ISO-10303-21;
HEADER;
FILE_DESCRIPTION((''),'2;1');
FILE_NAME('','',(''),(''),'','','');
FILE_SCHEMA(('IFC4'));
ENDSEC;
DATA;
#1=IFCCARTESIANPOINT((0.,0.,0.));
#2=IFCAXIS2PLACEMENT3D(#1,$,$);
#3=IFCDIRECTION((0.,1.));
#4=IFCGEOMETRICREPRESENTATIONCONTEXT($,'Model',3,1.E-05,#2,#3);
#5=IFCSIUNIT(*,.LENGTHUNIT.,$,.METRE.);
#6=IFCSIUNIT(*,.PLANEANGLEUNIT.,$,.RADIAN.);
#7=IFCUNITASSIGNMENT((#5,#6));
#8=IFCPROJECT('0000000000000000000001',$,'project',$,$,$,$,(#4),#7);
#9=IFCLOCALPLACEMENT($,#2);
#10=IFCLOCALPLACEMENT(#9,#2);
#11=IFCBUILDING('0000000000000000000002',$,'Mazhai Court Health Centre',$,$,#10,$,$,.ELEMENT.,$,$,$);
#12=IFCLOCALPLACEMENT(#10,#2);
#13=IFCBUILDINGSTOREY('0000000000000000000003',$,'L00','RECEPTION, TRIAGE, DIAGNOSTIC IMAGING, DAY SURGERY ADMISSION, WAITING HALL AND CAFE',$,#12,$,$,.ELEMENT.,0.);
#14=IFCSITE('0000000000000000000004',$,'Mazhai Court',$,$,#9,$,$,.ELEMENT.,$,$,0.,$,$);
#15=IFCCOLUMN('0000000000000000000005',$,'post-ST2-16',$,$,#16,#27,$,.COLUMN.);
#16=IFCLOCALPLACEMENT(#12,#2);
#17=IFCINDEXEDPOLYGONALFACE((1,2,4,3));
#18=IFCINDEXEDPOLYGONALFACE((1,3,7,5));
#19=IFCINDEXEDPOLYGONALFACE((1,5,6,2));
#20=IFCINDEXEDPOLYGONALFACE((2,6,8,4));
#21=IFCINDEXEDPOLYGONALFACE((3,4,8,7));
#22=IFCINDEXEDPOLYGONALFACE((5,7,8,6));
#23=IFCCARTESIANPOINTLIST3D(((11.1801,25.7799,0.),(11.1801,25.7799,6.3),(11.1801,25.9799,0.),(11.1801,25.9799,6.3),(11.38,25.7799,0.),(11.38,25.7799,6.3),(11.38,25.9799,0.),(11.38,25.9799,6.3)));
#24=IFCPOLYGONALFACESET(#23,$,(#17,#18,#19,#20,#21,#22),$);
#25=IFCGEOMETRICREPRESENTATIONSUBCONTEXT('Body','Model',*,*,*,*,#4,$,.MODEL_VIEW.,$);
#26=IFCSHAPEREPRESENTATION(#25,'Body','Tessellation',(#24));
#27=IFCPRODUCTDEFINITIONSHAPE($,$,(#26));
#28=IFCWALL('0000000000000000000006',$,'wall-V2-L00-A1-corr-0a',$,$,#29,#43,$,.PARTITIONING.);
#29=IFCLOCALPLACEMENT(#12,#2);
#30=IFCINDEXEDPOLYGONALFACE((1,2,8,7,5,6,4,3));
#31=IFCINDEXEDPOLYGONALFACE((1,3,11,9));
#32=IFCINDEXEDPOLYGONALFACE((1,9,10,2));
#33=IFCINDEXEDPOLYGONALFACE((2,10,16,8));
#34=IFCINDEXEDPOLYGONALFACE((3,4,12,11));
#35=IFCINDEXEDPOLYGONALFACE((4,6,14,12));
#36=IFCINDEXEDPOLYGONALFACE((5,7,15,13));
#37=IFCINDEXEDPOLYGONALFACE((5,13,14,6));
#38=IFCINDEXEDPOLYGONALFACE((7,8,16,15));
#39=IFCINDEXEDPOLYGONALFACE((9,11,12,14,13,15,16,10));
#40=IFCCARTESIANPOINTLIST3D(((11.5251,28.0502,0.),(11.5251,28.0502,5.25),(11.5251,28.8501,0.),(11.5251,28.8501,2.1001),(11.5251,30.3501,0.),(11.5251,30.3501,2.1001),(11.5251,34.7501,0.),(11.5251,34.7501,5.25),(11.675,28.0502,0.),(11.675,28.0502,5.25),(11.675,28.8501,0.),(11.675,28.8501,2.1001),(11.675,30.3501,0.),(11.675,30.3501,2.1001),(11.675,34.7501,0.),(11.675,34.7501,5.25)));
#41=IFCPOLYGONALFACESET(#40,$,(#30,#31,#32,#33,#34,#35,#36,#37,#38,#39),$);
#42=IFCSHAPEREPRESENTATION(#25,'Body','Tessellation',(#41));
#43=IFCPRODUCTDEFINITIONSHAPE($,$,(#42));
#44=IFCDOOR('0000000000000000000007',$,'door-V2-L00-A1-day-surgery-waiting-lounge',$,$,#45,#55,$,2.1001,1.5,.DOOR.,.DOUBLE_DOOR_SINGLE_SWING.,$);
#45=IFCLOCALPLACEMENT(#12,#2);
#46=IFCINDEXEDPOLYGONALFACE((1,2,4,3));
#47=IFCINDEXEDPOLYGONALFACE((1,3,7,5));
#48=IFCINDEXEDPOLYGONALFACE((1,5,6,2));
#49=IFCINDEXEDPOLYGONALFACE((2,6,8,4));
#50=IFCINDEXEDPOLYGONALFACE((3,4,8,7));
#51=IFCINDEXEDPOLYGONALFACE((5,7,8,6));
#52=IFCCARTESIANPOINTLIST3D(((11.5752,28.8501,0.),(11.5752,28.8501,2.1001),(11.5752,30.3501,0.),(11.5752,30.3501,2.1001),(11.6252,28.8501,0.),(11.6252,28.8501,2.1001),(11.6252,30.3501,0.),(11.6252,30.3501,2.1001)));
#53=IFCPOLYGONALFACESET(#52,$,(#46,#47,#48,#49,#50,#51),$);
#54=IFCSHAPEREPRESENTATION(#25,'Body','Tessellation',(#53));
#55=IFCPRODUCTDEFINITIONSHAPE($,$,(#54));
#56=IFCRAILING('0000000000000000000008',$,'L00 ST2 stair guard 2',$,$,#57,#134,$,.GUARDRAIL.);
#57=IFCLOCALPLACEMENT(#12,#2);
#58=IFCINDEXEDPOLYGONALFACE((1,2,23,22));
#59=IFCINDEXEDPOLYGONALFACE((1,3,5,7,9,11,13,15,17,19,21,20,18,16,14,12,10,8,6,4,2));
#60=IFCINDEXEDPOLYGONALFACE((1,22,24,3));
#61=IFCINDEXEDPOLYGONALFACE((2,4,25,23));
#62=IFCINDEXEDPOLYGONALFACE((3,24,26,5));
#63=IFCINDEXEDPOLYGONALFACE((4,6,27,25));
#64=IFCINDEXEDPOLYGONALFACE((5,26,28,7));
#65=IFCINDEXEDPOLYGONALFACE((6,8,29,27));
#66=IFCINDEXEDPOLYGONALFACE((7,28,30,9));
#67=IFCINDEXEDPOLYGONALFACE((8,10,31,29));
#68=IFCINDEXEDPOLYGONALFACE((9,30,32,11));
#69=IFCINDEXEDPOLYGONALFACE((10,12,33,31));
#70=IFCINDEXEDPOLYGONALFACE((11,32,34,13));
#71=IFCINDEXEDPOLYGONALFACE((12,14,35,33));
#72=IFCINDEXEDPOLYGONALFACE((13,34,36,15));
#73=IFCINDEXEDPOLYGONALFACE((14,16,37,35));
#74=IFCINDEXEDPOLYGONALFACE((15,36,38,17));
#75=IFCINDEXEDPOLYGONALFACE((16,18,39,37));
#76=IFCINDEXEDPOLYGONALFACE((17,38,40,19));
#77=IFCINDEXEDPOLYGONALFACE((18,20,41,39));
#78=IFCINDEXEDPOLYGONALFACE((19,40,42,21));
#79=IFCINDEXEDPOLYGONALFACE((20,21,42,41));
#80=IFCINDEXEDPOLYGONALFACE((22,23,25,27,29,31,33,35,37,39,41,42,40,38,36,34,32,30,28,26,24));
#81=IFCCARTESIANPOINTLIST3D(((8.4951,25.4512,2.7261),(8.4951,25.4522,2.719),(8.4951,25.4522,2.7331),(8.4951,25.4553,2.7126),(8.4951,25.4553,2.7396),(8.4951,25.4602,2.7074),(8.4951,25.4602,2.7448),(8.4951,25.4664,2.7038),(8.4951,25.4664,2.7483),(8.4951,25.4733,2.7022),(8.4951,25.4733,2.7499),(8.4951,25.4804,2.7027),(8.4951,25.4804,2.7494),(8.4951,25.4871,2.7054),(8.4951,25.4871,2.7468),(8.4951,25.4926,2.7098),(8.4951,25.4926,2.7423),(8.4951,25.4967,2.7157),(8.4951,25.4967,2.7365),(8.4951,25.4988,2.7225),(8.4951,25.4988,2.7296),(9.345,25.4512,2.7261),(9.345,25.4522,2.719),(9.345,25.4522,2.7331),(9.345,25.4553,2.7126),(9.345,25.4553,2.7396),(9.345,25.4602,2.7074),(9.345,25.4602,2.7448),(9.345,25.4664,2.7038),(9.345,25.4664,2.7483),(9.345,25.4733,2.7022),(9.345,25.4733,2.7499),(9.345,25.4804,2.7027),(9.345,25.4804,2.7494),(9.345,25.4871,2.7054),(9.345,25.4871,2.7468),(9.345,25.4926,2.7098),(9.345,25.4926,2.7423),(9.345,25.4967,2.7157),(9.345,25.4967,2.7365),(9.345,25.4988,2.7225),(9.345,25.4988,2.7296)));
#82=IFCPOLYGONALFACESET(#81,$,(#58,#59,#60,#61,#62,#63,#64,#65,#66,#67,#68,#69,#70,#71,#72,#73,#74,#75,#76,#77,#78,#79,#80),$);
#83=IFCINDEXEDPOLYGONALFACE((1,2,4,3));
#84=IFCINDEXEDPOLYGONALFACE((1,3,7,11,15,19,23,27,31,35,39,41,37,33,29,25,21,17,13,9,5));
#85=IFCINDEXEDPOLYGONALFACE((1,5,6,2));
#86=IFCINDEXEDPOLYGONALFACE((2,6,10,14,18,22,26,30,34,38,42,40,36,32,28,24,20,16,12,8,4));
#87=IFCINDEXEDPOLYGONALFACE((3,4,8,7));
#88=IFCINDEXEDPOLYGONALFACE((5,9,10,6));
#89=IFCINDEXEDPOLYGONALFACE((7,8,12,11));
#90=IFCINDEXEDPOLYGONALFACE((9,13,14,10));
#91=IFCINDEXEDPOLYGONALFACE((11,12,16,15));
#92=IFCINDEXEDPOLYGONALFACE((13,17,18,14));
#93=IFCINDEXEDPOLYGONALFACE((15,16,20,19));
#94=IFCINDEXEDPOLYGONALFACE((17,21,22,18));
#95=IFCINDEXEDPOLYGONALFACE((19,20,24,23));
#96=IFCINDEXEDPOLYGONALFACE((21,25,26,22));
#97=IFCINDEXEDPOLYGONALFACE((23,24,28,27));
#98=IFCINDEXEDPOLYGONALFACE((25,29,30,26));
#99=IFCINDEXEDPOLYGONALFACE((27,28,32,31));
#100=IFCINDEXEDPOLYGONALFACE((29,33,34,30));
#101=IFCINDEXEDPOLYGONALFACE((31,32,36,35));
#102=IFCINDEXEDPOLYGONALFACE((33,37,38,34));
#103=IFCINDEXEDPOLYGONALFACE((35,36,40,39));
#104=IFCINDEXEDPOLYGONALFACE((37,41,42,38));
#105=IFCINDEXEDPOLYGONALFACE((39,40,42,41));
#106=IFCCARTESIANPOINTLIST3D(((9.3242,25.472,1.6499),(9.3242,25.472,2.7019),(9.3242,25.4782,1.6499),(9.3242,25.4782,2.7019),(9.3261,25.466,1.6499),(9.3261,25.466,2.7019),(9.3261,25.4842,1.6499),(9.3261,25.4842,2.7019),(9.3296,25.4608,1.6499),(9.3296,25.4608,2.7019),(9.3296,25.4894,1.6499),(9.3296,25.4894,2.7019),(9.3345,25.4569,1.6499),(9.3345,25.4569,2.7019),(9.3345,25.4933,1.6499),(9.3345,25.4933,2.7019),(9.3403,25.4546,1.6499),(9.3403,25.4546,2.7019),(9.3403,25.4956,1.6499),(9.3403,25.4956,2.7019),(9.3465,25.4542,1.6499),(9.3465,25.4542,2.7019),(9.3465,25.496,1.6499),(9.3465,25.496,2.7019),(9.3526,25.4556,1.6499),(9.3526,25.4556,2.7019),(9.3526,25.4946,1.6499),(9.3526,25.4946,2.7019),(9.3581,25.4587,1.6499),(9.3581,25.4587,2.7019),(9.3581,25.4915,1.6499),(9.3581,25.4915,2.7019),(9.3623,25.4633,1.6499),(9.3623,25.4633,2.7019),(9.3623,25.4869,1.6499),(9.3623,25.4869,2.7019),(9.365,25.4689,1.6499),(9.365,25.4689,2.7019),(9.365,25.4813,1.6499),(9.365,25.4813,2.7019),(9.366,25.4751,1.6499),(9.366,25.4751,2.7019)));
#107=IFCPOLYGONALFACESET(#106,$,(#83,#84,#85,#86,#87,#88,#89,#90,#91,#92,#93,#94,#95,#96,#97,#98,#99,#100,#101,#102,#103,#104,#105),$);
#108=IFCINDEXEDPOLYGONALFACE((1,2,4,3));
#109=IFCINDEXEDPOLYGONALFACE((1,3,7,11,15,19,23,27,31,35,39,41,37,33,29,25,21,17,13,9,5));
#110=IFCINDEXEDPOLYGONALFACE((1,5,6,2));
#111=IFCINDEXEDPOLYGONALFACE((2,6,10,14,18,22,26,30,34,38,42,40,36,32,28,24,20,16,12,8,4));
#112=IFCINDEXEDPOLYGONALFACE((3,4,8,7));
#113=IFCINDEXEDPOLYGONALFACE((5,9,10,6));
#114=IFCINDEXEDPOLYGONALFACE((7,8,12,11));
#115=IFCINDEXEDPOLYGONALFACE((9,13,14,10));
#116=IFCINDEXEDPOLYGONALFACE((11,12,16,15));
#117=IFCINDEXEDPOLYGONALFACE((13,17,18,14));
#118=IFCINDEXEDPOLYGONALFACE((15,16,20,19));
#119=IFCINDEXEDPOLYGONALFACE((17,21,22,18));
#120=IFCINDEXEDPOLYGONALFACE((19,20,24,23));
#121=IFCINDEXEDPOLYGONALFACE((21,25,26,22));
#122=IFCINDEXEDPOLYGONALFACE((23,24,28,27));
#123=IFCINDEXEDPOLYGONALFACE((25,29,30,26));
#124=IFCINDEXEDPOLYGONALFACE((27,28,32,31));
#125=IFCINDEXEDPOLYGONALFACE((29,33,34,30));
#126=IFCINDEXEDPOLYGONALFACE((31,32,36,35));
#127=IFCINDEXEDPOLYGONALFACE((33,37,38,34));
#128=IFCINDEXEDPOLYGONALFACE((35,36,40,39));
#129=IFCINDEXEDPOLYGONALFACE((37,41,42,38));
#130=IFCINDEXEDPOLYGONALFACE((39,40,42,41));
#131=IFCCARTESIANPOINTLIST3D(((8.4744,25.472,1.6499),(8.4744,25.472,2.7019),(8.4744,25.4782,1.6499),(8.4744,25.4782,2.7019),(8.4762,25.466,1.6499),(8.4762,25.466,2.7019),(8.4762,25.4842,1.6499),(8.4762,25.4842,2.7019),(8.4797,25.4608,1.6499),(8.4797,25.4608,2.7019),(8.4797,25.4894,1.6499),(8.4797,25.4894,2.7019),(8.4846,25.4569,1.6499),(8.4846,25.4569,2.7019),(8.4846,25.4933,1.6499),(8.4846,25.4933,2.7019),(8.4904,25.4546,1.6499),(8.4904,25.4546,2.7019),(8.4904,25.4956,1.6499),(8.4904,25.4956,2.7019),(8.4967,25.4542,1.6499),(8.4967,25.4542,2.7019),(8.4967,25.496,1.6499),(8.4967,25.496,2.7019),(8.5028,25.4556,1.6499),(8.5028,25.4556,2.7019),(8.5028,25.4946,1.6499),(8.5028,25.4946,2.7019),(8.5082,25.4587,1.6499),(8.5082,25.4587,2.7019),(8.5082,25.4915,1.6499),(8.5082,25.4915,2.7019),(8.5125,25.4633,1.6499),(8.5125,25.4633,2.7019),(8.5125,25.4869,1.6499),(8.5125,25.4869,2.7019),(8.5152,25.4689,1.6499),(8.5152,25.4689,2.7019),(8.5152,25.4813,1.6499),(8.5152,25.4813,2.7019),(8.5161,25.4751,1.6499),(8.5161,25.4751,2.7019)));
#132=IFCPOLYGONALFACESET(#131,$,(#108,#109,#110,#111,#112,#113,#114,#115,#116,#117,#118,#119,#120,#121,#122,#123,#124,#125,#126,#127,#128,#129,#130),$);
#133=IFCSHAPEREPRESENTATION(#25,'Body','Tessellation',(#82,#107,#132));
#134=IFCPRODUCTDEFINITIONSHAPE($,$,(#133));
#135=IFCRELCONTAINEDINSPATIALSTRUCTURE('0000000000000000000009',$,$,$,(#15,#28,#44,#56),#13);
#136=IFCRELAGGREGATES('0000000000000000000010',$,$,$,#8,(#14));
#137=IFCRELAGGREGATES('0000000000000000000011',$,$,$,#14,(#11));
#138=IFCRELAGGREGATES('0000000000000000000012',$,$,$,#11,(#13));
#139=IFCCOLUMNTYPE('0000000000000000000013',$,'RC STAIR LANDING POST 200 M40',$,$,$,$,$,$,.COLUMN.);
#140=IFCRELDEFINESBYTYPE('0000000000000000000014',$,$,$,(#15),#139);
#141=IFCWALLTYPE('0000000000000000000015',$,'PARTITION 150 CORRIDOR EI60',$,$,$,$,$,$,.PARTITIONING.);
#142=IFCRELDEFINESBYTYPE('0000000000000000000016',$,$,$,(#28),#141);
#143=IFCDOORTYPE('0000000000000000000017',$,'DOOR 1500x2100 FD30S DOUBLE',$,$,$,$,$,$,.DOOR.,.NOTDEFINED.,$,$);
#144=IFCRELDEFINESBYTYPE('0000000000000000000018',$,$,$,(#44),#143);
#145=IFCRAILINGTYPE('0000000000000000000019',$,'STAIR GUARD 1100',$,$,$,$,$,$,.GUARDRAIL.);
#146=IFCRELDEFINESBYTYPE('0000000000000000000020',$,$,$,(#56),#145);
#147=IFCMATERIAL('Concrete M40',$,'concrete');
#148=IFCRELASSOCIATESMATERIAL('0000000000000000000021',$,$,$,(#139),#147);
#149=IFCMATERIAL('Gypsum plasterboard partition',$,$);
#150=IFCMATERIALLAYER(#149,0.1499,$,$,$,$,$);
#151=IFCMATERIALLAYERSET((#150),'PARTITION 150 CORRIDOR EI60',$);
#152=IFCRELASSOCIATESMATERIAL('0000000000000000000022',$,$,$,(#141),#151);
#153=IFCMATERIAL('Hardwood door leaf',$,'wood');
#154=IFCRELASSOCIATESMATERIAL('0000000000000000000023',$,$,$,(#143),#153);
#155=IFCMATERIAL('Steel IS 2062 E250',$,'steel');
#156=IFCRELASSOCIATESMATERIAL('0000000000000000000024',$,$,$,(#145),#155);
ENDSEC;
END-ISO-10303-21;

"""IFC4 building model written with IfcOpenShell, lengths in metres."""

from ifc_helpers import new_model, si_unit, direction, frame, frame_2d, origin, origin_2d, place, context, subcontext, project, spatial, rectangle, circle, extrude, material, layer, layer_set, material_profile, profile_set, type_object, element, fill, save


model = new_model("IFC4")

# Units and contexts
model_context = context("Model", 3, precision=1e-05, world=origin(), true_north=direction((0.0, 1.0)))
body_context = subcontext(model_context, "Body", "Model", "MODEL_VIEW")
ifc_project = project(units=[si_unit("LENGTHUNIT", "METRE"), si_unit("PLANEANGLEUNIT", "RADIAN")], contexts=[model_context])

# Site, building, storey
site_placement = place(None, origin())
site = spatial("IfcSite", under=ifc_project, at=site_placement, Name="Mazhai Court", CompositionType="ELEMENT", RefElevation=0.0)
building_placement = place(site_placement, origin())
building = spatial("IfcBuilding", under=site, at=building_placement, Name="Mazhai Court Health Centre", CompositionType="ELEMENT")
storey_placement = place(building_placement, origin())
storey = spatial("IfcBuildingStorey", under=building, at=storey_placement, Name="L00", Description="RECEPTION, TRIAGE, DIAGNOSTIC IMAGING, DAY SURGERY ADMISSION, WAITING HALL AND CAFE", CompositionType="ELEMENT", Elevation=0.0)

# Column
ifc_material_1 = material(Name="Concrete M40", Category="concrete")
ifc_material_profile_1 = material_profile(ifc_material_1, rectangle(XDim=0.2, YDim=0.2, at=origin_2d()), Name="RC 200x200")
ifc_profile_set_1 = profile_set([ifc_material_profile_1], Name="Concrete M40")
column_type_1 = type_object("IfcColumnType", Name="RC STAIR LANDING POST 200 M40", PredefinedType="COLUMN", material=ifc_profile_set_1)
column_1_placement = place(storey_placement, frame((11.28, 25.8799, 0.0), z_axis=(0.0, 0.0, 1.0), x_axis=(1.0, 0.0, 0.0)))
element("IfcColumn", 1, at=column_1_placement, inside=storey, type_object=column_type_1, Name="post-ST2-16", PredefinedType="COLUMN", context=body_context, shape_type="SweptSolid", body=[
    extrude(rectangle(XDim=0.2, YDim=0.2, at=origin_2d()), origin(), (0.0, 0.0, 1.0), 6.3),
])

# Wall, opening, door
ifc_material_2 = material(Name="Gypsum plasterboard partition")
ifc_layer = layer(ifc_material_2, 0.1499)
ifc_layer_set = layer_set([ifc_layer], Name="PARTITION 150 CORRIDOR EI60")
wall_type = type_object("IfcWallType", Name="PARTITION 150 CORRIDOR EI60", PredefinedType="PARTITIONING", material=ifc_layer_set)
wall_placement = place(storey_placement, frame((11.6001, 28.05, 0.0), z_axis=(0.0, 0.0, 1.0), x_axis=(0.0, 1.0, 0.0)))
wall = element("IfcWall", 2, at=wall_placement, inside=storey, type_object=wall_type, Name="wall-V2-L00-A1-corr-0a", PredefinedType="PARTITIONING", context=body_context, shape_type="SweptSolid", body=[
    extrude(rectangle(XDim=6.7, YDim=0.1499, at=frame_2d((3.3501, 0.0))), origin(), (0.0, 0.0, 1.0), 5.25),
])
opening_placement = place(wall_placement, frame((0.8, 0.0, 0.0)))
opening = element("IfcOpeningElement", 3, at=opening_placement, cuts=wall, PredefinedType="OPENING", context=body_context, shape_type="SweptSolid", body=[
    extrude(rectangle(XDim=1.5, YDim=2.1001, at=frame_2d((0.75, 1.05))), frame((0.0, 0.085, 0.0), z_axis=(0.0, -1.0, 0.0), x_axis=(1.0, 0.0, 0.0)), (0.0, 0.0, 1.0), 0.1699),
])
ifc_material_3 = material(Name="Hardwood door leaf", Category="wood")
door_type = type_object("IfcDoorType", Name="DOOR 1500x2100 FD30S DOUBLE", OperationType="NOTDEFINED", PredefinedType="DOOR", material=ifc_material_3)
door_placement = place(opening_placement, origin())
door = element("IfcDoor", 4, at=door_placement, inside=storey, type_object=door_type, Name="door-V2-L00-A1-day-surgery-waiting-lounge", OperationType="DOUBLE_DOOR_SINGLE_SWING", OverallHeight=2.1001, OverallWidth=1.5, PredefinedType="DOOR", context=body_context, shape_type="SweptSolid", body=[
    extrude(rectangle(XDim=1.5, YDim=2.1001, at=frame_2d((0.75, 1.05))), frame((0.0, 0.0249, 0.0), z_axis=(0.0, -1.0, 0.0), x_axis=(1.0, 0.0, 0.0)), (0.0, 0.0, 1.0), 0.05),
])
fill(opening, door)

# Railing
ifc_material_4 = material(Name="Steel IS 2062 E250", Category="steel")
railing_type_1 = type_object("IfcRailingType", Name="STAIR GUARD 1100", PredefinedType="GUARDRAIL", material=ifc_material_4)
for number, where, name in (
    (5, (9.345, 25.4751, 1.6499), "L00 ST2 stair guard 2"),
):
    element("IfcRailing", number, at=place(storey_placement, frame(where)), inside=storey, type_object=railing_type_1, Name=name, PredefinedType="GUARDRAIL", context=body_context, shape_type="SweptSolid", body=[
        extrude(circle(Radius=0.0239, at=origin_2d()), frame((0.0, 0.0, 1.0762), z_axis=(-1.0, 0.0, 0.0), x_axis=(0.0, -1.0, 0.0)), (0.0, 0.0, 1.0), 0.8499),
        extrude(circle(Radius=0.021, at=origin_2d()), origin(), (0.0, 0.0, 1.0), 1.052),
        extrude(circle(Radius=0.021, at=origin_2d()), frame((-0.8499, 0.0, 0.0)), (0.0, 0.0, 1.0), 1.052),
    ])

save(model, "model.ifc")
